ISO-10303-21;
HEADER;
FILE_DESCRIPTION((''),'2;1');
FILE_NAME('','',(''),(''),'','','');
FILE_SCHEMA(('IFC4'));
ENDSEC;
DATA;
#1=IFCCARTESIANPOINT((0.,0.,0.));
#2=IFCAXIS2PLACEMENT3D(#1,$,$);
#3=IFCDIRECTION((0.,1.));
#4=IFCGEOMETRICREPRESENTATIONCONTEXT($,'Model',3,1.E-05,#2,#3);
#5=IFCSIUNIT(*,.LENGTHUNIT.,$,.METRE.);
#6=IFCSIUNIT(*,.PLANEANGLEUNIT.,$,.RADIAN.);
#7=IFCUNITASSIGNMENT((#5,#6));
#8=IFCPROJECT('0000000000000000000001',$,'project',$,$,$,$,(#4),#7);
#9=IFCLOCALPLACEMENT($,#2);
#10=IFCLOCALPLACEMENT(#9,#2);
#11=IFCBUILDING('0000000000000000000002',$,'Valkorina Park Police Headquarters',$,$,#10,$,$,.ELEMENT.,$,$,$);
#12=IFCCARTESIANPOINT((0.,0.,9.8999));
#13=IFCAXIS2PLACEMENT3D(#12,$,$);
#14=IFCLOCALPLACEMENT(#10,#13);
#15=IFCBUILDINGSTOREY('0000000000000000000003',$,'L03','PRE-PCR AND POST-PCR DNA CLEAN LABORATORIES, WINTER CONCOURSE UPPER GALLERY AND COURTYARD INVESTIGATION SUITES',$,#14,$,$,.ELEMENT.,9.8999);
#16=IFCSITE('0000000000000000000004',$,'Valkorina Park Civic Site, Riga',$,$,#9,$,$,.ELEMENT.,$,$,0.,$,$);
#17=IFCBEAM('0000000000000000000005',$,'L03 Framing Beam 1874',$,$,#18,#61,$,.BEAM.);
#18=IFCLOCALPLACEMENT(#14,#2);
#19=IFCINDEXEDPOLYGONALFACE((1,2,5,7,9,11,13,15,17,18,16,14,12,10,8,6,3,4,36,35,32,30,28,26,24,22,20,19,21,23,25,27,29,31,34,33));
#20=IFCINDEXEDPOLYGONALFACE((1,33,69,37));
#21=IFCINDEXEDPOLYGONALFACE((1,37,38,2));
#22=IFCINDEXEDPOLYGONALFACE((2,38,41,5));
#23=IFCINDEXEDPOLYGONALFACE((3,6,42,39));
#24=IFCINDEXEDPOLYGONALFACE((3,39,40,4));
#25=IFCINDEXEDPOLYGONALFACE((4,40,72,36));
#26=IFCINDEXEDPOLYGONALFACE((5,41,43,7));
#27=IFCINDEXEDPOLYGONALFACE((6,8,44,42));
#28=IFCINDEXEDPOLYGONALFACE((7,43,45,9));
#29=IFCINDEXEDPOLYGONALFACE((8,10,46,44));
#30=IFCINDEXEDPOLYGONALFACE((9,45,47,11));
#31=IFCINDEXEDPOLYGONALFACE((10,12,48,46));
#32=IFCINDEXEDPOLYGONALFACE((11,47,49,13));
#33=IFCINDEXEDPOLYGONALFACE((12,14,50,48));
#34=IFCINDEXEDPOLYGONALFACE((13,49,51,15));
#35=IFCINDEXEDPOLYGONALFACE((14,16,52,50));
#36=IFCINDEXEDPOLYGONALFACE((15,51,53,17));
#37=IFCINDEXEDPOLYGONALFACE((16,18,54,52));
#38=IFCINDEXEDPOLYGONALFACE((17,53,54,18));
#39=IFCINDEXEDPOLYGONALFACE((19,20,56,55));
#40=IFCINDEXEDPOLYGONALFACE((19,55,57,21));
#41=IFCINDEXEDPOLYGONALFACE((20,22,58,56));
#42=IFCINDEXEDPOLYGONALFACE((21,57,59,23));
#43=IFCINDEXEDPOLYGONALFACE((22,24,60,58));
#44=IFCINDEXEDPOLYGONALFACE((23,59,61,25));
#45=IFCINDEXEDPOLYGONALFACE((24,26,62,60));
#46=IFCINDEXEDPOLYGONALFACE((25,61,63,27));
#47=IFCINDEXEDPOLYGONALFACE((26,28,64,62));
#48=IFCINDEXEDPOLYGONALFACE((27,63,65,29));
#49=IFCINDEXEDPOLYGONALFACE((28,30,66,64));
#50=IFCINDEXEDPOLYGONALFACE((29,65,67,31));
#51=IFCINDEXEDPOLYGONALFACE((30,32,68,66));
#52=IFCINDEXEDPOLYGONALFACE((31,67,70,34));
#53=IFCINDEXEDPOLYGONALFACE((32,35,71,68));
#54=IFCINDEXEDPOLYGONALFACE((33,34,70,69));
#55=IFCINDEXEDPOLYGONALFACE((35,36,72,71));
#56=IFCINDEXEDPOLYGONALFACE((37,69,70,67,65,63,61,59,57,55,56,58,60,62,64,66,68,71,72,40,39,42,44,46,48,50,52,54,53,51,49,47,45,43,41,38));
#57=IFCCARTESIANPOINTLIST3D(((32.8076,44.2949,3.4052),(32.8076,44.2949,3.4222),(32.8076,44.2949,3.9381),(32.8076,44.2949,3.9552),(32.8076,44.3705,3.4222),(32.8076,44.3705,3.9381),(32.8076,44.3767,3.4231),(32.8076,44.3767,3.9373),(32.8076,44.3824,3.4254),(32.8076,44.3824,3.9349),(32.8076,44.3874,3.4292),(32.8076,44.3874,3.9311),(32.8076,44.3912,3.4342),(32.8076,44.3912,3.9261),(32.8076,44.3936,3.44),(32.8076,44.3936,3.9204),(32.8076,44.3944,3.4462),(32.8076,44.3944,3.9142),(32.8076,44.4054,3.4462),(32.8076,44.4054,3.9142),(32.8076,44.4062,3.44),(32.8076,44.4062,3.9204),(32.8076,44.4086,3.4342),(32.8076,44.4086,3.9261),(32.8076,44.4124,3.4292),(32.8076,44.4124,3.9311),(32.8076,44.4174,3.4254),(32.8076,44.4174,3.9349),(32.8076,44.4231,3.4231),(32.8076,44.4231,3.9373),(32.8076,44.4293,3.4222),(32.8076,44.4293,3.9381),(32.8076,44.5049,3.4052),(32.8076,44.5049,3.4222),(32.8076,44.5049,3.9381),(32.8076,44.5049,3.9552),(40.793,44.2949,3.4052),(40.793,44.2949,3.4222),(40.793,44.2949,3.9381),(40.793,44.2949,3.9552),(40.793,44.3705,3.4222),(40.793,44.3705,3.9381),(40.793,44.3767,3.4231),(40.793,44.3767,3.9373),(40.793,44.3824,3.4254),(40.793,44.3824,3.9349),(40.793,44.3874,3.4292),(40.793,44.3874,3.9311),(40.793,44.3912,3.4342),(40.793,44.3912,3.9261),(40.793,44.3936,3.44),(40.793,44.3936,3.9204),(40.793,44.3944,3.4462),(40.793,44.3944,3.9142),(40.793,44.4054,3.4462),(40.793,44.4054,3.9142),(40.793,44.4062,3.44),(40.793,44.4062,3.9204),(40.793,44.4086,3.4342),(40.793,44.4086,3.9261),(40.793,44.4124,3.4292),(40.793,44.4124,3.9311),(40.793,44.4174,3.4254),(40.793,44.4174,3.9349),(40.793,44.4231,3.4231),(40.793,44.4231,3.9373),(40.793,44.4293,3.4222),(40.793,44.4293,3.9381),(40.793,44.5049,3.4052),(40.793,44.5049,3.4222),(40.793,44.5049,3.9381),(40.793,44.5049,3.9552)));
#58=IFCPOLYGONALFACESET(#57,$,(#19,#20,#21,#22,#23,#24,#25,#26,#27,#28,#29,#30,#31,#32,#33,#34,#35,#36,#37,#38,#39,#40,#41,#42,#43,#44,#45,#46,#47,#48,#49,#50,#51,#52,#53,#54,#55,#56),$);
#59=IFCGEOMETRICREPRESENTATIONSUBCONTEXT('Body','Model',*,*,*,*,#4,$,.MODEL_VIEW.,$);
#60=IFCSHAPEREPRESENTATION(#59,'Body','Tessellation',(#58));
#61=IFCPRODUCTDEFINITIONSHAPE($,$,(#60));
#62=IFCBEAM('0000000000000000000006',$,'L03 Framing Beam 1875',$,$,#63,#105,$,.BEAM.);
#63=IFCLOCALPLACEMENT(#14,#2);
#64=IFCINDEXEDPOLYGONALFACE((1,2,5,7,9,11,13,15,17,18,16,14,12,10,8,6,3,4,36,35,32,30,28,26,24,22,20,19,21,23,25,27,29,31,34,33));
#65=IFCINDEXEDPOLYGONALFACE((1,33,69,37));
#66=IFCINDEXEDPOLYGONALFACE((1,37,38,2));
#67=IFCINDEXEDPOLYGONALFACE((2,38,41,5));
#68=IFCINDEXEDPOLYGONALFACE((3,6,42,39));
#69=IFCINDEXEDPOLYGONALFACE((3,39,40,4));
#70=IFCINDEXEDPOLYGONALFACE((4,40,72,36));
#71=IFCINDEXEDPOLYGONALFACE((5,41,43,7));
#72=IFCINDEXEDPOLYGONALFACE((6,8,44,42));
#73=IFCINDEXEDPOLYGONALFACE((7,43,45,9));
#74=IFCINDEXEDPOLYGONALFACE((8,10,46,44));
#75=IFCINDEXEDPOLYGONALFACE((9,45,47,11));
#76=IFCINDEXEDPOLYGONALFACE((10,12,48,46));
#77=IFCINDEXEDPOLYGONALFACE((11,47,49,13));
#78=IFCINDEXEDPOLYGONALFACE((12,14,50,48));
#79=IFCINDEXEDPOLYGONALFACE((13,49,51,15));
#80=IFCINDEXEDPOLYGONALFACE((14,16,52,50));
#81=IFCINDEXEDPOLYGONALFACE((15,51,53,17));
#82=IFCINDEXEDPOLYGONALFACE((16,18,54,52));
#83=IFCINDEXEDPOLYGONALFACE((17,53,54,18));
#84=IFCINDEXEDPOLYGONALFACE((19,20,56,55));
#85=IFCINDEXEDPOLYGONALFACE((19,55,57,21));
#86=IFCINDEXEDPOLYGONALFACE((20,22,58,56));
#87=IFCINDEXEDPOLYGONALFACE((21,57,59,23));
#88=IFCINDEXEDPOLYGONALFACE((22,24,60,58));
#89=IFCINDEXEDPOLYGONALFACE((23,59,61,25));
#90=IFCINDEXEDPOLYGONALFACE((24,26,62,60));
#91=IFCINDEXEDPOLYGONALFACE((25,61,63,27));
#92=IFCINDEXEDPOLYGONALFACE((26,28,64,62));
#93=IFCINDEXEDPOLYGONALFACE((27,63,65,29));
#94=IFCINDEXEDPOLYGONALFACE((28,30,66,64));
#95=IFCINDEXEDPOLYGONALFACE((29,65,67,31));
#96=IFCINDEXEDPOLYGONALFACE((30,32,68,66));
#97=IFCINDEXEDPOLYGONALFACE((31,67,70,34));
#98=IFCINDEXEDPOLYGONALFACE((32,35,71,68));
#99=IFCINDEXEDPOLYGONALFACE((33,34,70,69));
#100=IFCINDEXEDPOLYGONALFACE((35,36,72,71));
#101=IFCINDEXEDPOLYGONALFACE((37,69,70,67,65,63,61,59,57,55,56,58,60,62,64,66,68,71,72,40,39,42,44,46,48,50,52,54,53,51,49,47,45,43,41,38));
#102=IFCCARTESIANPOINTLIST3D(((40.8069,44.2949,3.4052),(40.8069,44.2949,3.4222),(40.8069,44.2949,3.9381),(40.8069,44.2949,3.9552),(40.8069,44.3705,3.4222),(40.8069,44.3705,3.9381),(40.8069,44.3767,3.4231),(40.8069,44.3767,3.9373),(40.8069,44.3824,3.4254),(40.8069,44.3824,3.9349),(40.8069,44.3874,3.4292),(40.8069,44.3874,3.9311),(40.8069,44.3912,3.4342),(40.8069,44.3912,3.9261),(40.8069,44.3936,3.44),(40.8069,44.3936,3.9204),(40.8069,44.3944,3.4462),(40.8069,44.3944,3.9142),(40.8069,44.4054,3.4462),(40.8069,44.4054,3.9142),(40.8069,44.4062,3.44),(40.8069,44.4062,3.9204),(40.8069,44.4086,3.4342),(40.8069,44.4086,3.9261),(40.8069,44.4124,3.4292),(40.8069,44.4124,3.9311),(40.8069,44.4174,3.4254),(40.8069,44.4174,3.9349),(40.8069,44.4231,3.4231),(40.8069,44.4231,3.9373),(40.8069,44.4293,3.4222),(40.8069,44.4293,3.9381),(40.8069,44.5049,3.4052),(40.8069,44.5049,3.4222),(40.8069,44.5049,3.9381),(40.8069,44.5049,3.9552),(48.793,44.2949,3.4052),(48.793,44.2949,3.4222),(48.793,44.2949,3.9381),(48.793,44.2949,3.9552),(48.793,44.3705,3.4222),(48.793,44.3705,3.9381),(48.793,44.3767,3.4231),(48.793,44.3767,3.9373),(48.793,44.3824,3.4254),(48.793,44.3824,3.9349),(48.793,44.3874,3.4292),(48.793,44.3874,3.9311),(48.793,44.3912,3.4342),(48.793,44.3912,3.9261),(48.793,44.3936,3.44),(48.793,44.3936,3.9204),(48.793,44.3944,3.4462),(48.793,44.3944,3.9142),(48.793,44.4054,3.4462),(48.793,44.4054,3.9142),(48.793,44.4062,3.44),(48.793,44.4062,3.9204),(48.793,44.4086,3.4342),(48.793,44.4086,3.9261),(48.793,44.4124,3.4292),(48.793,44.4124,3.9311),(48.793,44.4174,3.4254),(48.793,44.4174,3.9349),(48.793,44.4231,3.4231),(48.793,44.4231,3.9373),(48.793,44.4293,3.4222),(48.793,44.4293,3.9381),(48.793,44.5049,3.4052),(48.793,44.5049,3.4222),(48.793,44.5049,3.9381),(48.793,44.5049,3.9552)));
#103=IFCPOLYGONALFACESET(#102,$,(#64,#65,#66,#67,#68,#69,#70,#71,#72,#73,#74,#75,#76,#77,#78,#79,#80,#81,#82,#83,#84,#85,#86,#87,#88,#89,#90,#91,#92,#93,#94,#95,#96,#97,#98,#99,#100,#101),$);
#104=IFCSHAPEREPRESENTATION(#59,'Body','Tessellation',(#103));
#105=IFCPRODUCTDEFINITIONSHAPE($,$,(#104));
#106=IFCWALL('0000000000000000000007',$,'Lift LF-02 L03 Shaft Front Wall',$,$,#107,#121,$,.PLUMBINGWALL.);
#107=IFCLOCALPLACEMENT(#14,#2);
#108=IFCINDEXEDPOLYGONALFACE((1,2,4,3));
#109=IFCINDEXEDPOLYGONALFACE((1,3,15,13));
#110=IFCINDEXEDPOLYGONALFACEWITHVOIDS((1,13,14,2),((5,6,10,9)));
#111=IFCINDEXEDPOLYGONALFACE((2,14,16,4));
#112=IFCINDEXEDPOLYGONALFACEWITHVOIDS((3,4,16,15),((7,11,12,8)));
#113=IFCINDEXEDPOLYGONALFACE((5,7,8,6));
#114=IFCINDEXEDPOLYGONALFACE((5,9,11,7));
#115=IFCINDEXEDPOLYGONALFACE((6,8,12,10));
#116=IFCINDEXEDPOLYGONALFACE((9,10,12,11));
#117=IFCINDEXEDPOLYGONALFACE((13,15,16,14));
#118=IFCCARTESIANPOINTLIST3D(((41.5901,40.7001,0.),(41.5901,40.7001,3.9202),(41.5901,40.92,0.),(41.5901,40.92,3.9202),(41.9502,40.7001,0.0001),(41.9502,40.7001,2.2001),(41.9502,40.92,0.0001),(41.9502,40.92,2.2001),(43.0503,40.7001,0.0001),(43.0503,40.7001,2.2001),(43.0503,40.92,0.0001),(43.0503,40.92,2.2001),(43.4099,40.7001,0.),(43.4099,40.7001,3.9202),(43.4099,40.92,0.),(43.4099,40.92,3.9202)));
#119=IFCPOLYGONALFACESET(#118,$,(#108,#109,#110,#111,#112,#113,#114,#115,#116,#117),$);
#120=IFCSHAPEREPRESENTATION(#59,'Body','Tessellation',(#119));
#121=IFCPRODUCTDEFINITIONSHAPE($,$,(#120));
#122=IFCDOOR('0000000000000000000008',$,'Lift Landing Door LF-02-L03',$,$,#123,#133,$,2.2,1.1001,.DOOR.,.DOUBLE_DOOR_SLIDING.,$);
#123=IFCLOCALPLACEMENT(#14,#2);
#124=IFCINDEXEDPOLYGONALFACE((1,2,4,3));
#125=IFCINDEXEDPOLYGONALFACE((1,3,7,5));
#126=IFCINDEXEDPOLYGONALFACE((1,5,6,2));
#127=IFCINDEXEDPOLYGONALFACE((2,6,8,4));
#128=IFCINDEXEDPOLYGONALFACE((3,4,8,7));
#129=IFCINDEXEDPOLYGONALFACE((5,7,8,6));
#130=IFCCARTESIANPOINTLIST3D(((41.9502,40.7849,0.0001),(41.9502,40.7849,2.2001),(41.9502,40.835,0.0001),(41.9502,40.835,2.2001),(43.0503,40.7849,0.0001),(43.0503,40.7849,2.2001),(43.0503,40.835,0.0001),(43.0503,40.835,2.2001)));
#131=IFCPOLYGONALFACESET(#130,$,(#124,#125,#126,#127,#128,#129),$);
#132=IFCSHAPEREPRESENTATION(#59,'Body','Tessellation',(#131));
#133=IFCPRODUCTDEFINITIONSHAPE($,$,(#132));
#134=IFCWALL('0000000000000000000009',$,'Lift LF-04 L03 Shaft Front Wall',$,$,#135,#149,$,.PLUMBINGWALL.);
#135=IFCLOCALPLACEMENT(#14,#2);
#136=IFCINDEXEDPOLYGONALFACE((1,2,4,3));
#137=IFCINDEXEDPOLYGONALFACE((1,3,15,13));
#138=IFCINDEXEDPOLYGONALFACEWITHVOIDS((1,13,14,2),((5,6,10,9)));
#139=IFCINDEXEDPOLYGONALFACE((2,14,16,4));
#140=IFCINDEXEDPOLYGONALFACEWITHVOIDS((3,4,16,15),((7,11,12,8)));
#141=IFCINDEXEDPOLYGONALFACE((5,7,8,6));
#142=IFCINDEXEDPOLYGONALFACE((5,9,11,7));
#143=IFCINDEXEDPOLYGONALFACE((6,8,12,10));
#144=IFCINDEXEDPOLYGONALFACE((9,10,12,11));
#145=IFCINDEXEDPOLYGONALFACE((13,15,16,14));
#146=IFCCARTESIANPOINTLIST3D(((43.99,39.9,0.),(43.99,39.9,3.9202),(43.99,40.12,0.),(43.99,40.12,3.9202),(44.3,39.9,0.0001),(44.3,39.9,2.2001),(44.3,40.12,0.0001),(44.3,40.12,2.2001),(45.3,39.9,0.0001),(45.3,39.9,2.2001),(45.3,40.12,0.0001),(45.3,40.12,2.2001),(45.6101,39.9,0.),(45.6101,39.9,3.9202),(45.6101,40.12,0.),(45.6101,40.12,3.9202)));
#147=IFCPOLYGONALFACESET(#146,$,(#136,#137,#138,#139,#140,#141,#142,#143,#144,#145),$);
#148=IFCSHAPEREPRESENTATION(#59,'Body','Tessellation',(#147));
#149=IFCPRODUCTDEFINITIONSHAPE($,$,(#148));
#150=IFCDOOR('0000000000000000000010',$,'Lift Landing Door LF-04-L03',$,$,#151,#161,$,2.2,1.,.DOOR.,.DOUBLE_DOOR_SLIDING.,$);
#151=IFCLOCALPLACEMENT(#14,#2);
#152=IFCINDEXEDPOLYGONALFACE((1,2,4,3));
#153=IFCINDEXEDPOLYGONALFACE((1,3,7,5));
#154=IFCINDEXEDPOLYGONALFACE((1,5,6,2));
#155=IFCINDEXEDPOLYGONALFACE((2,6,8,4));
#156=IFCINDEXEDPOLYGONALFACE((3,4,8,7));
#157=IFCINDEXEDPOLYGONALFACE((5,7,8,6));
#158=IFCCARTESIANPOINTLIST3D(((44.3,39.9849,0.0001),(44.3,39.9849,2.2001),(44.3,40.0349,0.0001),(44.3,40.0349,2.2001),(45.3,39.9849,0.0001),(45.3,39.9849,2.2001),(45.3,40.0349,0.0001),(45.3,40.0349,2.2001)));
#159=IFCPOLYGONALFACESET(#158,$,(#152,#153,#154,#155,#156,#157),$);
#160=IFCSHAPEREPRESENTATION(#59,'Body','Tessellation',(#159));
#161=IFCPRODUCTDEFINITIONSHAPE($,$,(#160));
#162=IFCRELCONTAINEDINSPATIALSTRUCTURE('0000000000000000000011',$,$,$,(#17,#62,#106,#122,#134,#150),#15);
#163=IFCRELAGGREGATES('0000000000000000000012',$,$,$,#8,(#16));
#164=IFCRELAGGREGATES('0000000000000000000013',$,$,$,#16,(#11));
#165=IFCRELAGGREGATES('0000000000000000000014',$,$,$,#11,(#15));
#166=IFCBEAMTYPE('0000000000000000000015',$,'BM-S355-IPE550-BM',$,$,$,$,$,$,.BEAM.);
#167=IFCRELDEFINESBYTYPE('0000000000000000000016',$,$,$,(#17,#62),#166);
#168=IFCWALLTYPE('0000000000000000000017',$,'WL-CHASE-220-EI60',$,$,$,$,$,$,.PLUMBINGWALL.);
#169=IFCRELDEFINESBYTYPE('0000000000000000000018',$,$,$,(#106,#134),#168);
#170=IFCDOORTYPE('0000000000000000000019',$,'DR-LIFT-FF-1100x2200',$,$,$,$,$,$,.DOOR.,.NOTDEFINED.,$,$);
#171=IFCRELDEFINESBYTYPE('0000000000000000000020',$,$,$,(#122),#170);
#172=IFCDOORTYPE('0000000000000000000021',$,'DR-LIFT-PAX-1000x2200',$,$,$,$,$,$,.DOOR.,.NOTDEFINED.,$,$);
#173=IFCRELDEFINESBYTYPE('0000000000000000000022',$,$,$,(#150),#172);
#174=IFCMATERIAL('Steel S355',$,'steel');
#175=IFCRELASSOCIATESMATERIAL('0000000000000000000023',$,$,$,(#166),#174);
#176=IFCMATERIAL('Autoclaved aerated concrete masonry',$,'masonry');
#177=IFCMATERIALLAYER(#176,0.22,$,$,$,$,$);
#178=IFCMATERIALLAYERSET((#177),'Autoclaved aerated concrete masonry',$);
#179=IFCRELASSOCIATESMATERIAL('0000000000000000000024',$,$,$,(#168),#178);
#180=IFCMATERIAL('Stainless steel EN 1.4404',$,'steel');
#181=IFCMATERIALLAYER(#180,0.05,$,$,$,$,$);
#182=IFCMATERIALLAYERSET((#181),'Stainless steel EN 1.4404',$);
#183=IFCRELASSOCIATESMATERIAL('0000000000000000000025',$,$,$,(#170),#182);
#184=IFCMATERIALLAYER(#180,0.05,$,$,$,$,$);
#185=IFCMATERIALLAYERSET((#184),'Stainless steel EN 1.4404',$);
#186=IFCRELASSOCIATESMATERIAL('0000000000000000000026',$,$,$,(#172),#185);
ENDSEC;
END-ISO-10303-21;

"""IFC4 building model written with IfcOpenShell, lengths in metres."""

from ifc_helpers import new_model, si_unit, direction, frame, frame_2d, origin, origin_2d, place, context, subcontext, project, spatial, rectangle, i_section, extrude, material, layer, layer_set, material_profile, profile_set, type_object, element, fill, save


model = new_model("IFC4")

# Units and contexts
model_context = context("Model", 3, precision=1e-05, world=origin(), true_north=direction((0.0, 1.0)))
body_context = subcontext(model_context, "Body", "Model", "MODEL_VIEW")
ifc_project = project(units=[si_unit("LENGTHUNIT", "METRE"), si_unit("PLANEANGLEUNIT", "RADIAN")], contexts=[model_context])

# Site, building, storey
site_placement = place(None, origin())
site = spatial("IfcSite", under=ifc_project, at=site_placement, Name="Valkorina Park Civic Site, Riga", CompositionType="ELEMENT", RefElevation=0.0)
building_placement = place(site_placement, origin())
building = spatial("IfcBuilding", under=site, at=building_placement, Name="Valkorina Park Police Headquarters", CompositionType="ELEMENT")
storey_placement = place(building_placement, frame((0.0, 0.0, 9.8999)))
storey = spatial("IfcBuildingStorey", under=building, at=storey_placement, Name="L03", Description="PRE-PCR AND POST-PCR DNA CLEAN LABORATORIES, WINTER CONCOURSE UPPER GALLERY AND COURTYARD INVESTIGATION SUITES", CompositionType="ELEMENT", Elevation=9.8999)

# Shared definitions
ifc_material_1 = material(Name="Steel S355", Category="steel")

# Beams
ifc_material_profile_1 = material_profile(ifc_material_1, i_section(OverallWidth=0.21, OverallDepth=0.55, WebThickness=0.011, FlangeThickness=0.0171, FilletRadius=0.0239, at=origin_2d()), Name="IPE 550")
ifc_profile_set_1 = profile_set([ifc_material_profile_1], Name="Steel S355")
beam_type_1 = type_object("IfcBeamType", Name="BM-S355-IPE550-BM", PredefinedType="BEAM", material=ifc_profile_set_1)
beam_1_placement = place(storey_placement, frame((32.8076, 44.3999, 3.6802), z_axis=(1.0, 0.0, 0.0), x_axis=(0.0, 1.0, 0.0)))
element("IfcBeam", 1, at=beam_1_placement, inside=storey, type_object=beam_type_1, Name="L03 Framing Beam 1874", PredefinedType="BEAM", context=body_context, shape_type="SweptSolid", body=[
    extrude(i_section(OverallWidth=0.21, OverallDepth=0.55, WebThickness=0.011, FlangeThickness=0.0171, FilletRadius=0.0239, at=origin_2d()), origin(), (0.0, 0.0, 1.0), 7.9854),
])
beam_2_placement = place(storey_placement, frame((40.8069, 44.3999, 3.6802), z_axis=(1.0, 0.0, 0.0), x_axis=(0.0, 1.0, 0.0)))
element("IfcBeam", 2, at=beam_2_placement, inside=storey, type_object=beam_type_1, Name="L03 Framing Beam 1875", PredefinedType="BEAM", context=body_context, shape_type="SweptSolid", body=[
    extrude(i_section(OverallWidth=0.21, OverallDepth=0.55, WebThickness=0.011, FlangeThickness=0.0171, FilletRadius=0.0239, at=origin_2d()), origin(), (0.0, 0.0, 1.0), 7.9861),
])

# Walls, openings, doors
ifc_material_2 = material(Name="Autoclaved aerated concrete masonry", Category="masonry")
ifc_layer_1 = layer(ifc_material_2, 0.22)
ifc_layer_set_1 = layer_set([ifc_layer_1], Name="Autoclaved aerated concrete masonry")
wall_type_1 = type_object("IfcWallType", Name="WL-CHASE-220-EI60", PredefinedType="PLUMBINGWALL", material=ifc_layer_set_1)
wall_1_placement = place(storey_placement, frame((41.5901, 40.8101, 0.0), z_axis=(0.0, 0.0, 1.0), x_axis=(1.0, 0.0, 0.0)))
wall_1 = element("IfcWall", 3, at=wall_1_placement, inside=storey, type_object=wall_type_1, Name="Lift LF-02 L03 Shaft Front Wall", PredefinedType="PLUMBINGWALL", context=body_context, shape_type="SweptSolid", body=[
    extrude(rectangle(XDim=1.8198, YDim=0.22, at=frame_2d((0.9099, 0.0))), origin(), (0.0, 0.0, 1.0), 3.9202),
])
opening_1_placement = place(wall_1_placement, frame((0.3601, 0.0, 0.0)))
opening_1 = element("IfcOpeningElement", 4, at=opening_1_placement, cuts=wall_1, PredefinedType="OPENING", context=body_context, shape_type="SweptSolid", body=[
    extrude(rectangle(XDim=1.1001, YDim=2.2, at=frame_2d((0.55, 1.1001))), frame((0.0, 0.1201, 0.0), z_axis=(0.0, -1.0, 0.0), x_axis=(1.0, 0.0, 0.0)), (0.0, 0.0, 1.0), 0.24),
])
ifc_material_3 = material(Name="Stainless steel EN 1.4404", Category="steel")
ifc_layer_2 = layer(ifc_material_3, 0.05)
ifc_layer_set_2 = layer_set([ifc_layer_2], Name="Stainless steel EN 1.4404")
door_type_1 = type_object("IfcDoorType", Name="DR-LIFT-FF-1100x2200", OperationType="NOTDEFINED", PredefinedType="DOOR", material=ifc_layer_set_2)
door_1_placement = place(opening_1_placement, origin())
door_1 = element("IfcDoor", 5, at=door_1_placement, inside=storey, type_object=door_type_1, Name="Lift Landing Door LF-02-L03", OperationType="DOUBLE_DOOR_SLIDING", OverallHeight=2.2, OverallWidth=1.1001, PredefinedType="DOOR", context=body_context, shape_type="SweptSolid", body=[
    extrude(rectangle(XDim=1.1001, YDim=2.2, at=frame_2d((0.55, 1.1001))), frame((0.0, 0.0249, 0.0), z_axis=(0.0, -1.0, 0.0), x_axis=(1.0, 0.0, 0.0)), (0.0, 0.0, 1.0), 0.05),
])
fill(opening_1, door_1)
wall_2_placement = place(storey_placement, frame((43.99, 40.01, 0.0), z_axis=(0.0, 0.0, 1.0), x_axis=(1.0, 0.0, 0.0)))
wall_2 = element("IfcWall", 6, at=wall_2_placement, inside=storey, type_object=wall_type_1, Name="Lift LF-04 L03 Shaft Front Wall", PredefinedType="PLUMBINGWALL", context=body_context, shape_type="SweptSolid", body=[
    extrude(rectangle(XDim=1.6201, YDim=0.22, at=frame_2d((0.8101, 0.0))), origin(), (0.0, 0.0, 1.0), 3.9202),
])
opening_2_placement = place(wall_2_placement, frame((0.3101, 0.0, 0.0)))
opening_2 = element("IfcOpeningElement", 7, at=opening_2_placement, cuts=wall_2, PredefinedType="OPENING", context=body_context, shape_type="SweptSolid", body=[
    extrude(rectangle(XDim=1.0, YDim=2.2, at=frame_2d((0.5, 1.1001))), frame((0.0, 0.1201, 0.0), z_axis=(0.0, -1.0, 0.0), x_axis=(1.0, 0.0, 0.0)), (0.0, 0.0, 1.0), 0.24),
])
ifc_layer_3 = layer(ifc_material_3, 0.05)
ifc_layer_set_3 = layer_set([ifc_layer_3], Name="Stainless steel EN 1.4404")
door_type_2 = type_object("IfcDoorType", Name="DR-LIFT-PAX-1000x2200", OperationType="NOTDEFINED", PredefinedType="DOOR", material=ifc_layer_set_3)
door_2_placement = place(opening_2_placement, origin())
door_2 = element("IfcDoor", 8, at=door_2_placement, inside=storey, type_object=door_type_2, Name="Lift Landing Door LF-04-L03", OperationType="DOUBLE_DOOR_SLIDING", OverallHeight=2.2, OverallWidth=1.0, PredefinedType="DOOR", context=body_context, shape_type="SweptSolid", body=[
    extrude(rectangle(XDim=1.0, YDim=2.2, at=frame_2d((0.5, 1.1001))), frame((0.0, 0.0249, 0.0), z_axis=(0.0, -1.0, 0.0), x_axis=(1.0, 0.0, 0.0)), (0.0, 0.0, 1.0), 0.05),
])
fill(opening_2, door_2)

save(model, "model.ifc")
